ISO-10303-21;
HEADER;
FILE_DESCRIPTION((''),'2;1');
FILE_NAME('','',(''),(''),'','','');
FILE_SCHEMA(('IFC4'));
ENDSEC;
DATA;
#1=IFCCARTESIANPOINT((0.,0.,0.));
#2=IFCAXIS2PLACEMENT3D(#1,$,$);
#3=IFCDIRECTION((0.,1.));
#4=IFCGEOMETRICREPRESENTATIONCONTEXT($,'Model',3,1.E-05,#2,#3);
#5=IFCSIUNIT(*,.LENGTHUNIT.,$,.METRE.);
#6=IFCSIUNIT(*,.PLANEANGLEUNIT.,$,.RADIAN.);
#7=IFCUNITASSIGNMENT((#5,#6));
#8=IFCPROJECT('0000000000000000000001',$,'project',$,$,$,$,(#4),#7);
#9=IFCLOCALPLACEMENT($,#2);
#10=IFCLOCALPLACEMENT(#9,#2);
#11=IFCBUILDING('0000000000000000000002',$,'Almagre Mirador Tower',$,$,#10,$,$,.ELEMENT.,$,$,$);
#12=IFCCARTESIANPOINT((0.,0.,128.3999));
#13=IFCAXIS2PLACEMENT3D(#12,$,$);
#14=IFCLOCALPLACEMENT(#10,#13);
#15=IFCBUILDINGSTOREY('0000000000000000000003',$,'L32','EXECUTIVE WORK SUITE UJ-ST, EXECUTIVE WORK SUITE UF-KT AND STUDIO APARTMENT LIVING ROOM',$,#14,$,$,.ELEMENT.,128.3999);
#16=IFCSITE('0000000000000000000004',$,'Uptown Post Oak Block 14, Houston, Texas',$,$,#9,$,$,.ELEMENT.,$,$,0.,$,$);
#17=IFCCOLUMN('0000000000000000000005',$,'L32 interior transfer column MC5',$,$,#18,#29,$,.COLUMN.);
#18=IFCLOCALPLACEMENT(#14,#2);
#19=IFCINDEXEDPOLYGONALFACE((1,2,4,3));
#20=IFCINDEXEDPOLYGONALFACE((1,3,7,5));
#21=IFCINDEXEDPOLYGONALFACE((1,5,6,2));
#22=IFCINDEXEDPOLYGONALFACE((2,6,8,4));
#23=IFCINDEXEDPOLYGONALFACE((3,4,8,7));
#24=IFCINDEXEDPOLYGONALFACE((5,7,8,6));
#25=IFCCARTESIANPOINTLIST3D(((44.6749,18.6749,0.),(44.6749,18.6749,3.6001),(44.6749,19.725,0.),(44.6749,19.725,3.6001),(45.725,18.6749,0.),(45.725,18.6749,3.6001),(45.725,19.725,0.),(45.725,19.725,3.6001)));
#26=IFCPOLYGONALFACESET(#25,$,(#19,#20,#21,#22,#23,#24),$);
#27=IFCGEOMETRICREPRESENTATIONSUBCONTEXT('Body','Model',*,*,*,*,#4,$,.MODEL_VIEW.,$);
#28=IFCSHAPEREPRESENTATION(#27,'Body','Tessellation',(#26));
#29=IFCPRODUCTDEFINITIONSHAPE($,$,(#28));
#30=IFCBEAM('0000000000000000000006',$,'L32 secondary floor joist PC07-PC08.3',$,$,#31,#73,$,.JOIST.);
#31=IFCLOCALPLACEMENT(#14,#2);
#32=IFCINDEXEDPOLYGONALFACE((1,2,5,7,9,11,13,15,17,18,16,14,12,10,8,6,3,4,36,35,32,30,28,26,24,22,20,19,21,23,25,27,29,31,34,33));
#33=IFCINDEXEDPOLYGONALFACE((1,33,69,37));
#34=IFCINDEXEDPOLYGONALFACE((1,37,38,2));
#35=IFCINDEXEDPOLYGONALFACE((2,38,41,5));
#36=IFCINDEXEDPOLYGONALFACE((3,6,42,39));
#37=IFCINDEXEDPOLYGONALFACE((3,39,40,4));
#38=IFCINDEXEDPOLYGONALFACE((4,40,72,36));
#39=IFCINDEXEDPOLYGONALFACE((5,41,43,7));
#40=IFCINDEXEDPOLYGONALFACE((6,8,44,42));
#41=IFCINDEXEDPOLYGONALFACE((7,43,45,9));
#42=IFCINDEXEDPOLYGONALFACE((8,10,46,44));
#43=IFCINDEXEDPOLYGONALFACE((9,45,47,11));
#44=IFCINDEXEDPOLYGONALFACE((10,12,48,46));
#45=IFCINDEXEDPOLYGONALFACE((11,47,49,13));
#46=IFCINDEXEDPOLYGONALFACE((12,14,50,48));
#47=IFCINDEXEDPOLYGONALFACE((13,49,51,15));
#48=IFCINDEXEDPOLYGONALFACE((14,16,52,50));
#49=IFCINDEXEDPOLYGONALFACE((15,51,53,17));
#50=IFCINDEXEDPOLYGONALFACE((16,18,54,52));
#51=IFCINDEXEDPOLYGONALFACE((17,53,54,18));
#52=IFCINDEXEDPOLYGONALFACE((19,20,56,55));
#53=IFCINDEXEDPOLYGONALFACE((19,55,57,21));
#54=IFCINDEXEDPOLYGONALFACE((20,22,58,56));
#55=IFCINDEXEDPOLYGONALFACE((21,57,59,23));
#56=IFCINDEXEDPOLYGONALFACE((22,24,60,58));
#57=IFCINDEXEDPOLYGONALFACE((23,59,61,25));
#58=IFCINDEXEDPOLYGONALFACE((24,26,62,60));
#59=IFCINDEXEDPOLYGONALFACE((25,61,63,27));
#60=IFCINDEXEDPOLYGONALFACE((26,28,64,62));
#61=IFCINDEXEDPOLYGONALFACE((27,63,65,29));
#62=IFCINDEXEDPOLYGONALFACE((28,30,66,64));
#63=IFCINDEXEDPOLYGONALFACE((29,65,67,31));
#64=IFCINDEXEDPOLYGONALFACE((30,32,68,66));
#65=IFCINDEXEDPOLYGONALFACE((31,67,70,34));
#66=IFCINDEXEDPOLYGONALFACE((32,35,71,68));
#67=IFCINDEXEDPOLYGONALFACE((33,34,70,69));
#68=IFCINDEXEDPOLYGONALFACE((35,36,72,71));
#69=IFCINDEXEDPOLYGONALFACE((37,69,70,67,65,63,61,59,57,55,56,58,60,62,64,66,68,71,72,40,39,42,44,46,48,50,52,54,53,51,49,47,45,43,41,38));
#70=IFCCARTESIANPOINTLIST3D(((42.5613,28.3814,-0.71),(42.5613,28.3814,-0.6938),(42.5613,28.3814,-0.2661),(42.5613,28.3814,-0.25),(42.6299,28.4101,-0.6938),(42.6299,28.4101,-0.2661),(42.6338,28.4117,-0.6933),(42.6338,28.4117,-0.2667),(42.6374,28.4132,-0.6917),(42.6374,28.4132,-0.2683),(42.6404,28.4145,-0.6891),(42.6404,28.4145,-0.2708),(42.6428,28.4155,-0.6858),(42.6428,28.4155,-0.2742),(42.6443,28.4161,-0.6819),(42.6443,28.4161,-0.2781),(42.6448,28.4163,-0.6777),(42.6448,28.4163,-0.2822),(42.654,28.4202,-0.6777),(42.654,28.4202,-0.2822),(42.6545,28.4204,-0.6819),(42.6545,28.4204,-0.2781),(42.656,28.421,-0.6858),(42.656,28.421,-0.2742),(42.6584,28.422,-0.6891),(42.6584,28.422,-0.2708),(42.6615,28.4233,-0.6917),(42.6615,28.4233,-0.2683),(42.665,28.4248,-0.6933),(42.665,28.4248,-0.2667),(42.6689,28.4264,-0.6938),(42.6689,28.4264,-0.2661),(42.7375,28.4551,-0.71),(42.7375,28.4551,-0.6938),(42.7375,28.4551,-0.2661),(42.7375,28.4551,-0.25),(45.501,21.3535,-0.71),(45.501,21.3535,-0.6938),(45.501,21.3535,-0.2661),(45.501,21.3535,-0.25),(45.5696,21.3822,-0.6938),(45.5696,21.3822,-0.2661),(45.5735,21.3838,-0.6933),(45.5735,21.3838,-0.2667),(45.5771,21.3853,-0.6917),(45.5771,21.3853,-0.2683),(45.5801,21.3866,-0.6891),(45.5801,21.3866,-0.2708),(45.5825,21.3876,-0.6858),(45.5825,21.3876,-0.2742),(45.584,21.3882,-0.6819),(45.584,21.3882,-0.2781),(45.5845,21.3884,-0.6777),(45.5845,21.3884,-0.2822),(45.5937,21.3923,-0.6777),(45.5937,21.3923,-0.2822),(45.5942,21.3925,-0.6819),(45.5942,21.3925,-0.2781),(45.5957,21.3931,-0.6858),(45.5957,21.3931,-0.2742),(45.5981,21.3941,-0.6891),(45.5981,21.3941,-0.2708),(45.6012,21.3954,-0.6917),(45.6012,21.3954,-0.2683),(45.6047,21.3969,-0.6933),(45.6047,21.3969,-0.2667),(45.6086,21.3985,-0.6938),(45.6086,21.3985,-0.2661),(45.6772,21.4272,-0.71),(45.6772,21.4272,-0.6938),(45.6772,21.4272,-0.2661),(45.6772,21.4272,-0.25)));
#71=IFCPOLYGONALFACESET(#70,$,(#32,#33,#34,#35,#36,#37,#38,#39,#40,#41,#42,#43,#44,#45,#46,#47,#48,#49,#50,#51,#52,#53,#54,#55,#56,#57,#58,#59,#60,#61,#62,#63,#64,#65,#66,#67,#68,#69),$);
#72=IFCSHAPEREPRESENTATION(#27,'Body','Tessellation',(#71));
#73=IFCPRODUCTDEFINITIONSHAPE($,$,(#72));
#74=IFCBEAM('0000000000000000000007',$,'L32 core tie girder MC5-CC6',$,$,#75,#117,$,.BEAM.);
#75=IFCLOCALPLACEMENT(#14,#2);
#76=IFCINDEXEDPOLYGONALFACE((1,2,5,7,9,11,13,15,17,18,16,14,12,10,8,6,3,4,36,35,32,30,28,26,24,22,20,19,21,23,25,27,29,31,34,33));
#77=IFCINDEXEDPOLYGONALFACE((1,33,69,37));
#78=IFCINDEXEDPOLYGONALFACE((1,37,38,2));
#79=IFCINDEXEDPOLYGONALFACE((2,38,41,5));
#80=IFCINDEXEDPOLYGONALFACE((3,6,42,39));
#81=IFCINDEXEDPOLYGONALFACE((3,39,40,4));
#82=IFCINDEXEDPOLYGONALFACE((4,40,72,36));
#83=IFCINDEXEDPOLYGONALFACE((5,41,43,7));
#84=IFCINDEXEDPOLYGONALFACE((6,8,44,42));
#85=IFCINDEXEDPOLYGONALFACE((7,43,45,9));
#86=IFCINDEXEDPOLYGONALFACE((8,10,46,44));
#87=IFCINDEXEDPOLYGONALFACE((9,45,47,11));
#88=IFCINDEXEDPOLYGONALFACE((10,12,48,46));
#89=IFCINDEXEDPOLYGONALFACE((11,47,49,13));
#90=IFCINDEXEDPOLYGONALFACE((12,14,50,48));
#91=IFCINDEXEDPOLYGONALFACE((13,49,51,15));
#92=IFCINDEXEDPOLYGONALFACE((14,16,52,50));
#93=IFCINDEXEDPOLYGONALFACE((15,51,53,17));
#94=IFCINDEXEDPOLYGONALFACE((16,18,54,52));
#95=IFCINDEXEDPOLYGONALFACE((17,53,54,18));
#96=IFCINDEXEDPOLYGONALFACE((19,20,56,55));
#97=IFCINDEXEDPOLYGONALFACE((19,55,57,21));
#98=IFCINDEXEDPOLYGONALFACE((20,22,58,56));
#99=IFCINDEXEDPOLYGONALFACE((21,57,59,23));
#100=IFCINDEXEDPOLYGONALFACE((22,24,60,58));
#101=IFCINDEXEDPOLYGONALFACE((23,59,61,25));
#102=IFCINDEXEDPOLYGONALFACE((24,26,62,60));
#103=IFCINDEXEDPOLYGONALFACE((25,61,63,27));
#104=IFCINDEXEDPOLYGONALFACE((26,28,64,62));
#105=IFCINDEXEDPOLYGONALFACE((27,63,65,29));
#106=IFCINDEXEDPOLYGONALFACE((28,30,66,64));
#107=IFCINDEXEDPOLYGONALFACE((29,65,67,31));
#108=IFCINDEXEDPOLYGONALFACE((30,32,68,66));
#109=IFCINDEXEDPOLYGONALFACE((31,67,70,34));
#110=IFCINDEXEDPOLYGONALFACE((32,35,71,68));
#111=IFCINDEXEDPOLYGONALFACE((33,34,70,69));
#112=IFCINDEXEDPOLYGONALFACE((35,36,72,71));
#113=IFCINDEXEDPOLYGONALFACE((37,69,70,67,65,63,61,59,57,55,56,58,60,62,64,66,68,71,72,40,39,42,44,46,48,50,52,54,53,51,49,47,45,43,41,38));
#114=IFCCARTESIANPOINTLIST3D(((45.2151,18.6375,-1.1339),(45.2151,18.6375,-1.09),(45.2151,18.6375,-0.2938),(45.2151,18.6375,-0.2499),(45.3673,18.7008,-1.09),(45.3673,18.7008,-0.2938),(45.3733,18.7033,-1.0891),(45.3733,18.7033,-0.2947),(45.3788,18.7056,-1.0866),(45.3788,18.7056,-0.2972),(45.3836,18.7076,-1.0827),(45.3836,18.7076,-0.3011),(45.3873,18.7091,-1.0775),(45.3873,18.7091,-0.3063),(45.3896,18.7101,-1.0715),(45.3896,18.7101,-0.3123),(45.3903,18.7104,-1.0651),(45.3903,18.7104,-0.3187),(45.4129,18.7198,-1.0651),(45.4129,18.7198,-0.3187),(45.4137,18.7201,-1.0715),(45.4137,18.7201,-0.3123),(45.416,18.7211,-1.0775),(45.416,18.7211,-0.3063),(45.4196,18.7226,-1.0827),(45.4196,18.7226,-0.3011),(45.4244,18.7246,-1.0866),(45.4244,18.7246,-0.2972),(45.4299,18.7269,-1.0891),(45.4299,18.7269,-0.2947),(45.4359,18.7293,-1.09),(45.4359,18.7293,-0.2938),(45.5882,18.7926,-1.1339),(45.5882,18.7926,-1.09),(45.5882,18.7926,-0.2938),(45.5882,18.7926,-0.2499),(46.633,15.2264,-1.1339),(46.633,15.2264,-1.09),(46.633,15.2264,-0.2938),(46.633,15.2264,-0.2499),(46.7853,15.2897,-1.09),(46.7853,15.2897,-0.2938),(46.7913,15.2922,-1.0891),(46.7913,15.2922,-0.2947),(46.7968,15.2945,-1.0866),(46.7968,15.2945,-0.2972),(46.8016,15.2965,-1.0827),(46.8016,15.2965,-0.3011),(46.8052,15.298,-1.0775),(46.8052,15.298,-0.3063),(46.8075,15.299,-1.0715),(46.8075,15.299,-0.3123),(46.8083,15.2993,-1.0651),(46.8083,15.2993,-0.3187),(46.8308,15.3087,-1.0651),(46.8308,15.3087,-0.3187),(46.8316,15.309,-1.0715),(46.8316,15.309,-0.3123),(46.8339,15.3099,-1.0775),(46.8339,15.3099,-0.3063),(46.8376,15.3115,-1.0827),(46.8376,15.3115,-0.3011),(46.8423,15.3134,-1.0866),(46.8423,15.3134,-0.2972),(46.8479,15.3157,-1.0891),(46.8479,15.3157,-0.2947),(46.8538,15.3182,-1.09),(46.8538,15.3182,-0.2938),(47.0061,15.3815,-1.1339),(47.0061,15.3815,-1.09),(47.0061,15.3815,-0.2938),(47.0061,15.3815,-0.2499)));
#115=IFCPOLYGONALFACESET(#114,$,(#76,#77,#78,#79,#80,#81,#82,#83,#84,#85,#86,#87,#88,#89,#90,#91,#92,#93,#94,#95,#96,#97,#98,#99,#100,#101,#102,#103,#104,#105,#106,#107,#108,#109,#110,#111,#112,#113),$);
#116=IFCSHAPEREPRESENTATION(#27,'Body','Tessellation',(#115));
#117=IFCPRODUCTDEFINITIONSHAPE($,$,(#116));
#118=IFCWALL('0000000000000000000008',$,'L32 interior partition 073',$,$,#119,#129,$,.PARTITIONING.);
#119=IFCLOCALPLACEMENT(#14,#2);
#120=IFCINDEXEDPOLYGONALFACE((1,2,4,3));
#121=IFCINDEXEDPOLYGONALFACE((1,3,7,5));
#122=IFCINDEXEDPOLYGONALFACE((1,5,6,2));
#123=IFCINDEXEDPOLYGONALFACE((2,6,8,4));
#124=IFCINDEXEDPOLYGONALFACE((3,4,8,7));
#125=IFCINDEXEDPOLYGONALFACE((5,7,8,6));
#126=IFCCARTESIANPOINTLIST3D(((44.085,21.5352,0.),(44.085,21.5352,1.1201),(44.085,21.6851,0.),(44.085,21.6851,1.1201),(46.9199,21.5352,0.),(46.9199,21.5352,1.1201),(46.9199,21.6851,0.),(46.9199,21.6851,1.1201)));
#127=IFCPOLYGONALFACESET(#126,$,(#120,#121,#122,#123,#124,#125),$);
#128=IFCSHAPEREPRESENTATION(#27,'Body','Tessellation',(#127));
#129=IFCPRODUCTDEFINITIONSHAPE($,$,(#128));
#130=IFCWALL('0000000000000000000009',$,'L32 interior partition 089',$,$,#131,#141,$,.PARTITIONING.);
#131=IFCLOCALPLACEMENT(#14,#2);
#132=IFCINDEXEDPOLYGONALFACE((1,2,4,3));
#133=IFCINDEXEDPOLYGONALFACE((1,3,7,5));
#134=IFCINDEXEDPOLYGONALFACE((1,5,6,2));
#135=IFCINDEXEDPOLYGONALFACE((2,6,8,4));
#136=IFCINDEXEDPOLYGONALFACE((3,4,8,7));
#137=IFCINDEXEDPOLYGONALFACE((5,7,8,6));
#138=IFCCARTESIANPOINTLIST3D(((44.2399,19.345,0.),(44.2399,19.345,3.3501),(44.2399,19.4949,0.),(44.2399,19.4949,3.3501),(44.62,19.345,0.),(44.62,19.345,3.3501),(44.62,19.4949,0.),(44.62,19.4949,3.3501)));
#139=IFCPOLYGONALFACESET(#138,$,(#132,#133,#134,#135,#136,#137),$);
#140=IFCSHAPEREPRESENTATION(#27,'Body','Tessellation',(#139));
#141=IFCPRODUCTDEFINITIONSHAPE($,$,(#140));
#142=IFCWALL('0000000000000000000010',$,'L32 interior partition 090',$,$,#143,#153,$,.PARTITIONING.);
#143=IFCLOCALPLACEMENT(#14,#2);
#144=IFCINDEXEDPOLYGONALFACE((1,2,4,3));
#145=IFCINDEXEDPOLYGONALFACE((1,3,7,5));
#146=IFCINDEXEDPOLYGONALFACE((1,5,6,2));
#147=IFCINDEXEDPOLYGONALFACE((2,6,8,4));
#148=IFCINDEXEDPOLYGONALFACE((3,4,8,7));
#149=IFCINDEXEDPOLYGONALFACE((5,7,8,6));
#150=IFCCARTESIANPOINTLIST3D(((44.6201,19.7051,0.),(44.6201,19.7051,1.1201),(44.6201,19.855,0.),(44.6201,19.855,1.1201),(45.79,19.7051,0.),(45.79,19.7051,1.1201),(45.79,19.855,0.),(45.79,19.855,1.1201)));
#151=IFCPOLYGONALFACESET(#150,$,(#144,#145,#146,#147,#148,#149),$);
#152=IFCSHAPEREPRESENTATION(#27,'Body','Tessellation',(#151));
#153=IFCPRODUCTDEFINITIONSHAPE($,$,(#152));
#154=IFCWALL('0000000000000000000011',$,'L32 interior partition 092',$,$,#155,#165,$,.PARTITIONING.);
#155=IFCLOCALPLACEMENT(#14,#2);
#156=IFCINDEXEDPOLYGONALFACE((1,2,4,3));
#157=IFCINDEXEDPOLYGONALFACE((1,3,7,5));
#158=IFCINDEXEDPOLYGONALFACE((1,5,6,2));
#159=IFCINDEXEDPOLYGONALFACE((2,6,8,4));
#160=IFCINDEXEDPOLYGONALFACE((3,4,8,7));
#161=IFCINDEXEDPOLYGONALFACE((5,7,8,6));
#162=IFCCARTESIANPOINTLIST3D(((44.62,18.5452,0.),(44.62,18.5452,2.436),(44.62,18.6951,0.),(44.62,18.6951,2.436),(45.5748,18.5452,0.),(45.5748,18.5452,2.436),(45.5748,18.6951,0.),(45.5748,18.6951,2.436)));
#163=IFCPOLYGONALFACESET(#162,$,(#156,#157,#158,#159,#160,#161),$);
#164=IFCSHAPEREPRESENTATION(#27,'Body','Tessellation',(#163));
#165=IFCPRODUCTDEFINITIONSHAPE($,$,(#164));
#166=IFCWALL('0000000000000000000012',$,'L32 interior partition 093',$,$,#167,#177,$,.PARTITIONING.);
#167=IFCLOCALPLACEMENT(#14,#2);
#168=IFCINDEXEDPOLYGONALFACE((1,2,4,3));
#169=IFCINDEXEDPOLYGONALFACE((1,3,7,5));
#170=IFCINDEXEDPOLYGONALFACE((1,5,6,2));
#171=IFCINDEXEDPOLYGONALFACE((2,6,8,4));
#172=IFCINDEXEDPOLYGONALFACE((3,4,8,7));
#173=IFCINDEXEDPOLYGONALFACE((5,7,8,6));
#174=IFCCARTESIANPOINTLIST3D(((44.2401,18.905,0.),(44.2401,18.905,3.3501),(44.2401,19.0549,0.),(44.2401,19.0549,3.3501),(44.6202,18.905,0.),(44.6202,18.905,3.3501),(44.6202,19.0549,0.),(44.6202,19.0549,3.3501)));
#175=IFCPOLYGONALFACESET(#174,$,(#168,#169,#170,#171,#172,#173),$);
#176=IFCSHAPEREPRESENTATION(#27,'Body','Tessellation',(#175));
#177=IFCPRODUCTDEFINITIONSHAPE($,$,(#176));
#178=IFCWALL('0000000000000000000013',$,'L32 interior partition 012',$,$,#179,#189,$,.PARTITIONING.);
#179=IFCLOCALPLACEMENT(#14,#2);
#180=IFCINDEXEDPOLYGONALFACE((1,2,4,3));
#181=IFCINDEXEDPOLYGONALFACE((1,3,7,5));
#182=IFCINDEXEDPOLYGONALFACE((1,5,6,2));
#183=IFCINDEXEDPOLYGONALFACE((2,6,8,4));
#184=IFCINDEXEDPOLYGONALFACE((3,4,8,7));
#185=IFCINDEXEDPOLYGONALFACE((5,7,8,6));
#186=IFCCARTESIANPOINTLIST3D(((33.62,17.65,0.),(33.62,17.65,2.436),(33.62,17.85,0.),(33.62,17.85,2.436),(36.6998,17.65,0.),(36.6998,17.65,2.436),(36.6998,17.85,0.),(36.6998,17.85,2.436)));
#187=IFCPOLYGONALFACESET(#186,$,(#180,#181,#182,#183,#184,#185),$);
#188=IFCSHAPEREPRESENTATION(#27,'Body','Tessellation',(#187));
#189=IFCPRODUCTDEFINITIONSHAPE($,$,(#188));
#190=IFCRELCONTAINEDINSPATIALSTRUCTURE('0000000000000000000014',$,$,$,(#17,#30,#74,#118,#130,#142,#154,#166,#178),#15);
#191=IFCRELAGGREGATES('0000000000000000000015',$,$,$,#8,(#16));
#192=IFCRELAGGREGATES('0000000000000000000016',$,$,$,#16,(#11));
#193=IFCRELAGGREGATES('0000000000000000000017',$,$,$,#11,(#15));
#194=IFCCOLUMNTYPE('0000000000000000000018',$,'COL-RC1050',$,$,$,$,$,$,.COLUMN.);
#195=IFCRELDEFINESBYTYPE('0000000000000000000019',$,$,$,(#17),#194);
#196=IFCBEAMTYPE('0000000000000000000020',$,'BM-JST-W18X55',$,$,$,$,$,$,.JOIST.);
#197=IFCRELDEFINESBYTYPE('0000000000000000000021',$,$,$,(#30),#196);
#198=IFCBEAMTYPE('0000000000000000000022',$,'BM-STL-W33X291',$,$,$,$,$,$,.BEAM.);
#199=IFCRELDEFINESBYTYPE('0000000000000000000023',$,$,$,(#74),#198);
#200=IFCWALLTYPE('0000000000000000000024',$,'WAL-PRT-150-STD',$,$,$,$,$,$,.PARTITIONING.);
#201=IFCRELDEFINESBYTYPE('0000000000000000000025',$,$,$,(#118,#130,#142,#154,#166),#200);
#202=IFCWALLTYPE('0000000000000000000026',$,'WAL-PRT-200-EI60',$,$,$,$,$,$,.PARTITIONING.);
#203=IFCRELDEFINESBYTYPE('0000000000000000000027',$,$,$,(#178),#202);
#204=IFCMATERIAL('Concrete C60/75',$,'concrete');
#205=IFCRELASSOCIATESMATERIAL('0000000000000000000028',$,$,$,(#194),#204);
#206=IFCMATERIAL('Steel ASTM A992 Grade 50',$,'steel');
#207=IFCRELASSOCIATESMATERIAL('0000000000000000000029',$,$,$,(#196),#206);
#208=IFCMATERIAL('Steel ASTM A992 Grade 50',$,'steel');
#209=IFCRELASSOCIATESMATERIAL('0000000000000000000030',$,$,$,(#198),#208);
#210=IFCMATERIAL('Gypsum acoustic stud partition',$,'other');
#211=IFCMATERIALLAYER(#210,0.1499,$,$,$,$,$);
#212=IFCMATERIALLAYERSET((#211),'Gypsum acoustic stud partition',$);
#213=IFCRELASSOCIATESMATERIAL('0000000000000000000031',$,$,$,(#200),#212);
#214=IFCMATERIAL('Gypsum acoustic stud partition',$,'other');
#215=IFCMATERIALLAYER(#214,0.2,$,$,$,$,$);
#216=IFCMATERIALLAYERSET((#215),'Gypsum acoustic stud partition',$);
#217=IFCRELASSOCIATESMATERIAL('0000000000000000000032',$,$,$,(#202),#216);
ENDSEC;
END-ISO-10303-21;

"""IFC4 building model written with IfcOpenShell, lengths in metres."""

from ifc_helpers import new_model, si_unit, direction, frame, frame_2d, origin, origin_2d, place, context, subcontext, project, spatial, rectangle, i_section, extrude, material, layer, layer_set, material_profile, profile_set, type_object, element, save


model = new_model("IFC4")

# Units and contexts
model_context = context("Model", 3, precision=1e-05, world=origin(), true_north=direction((0.0, 1.0)))
body_context = subcontext(model_context, "Body", "Model", "MODEL_VIEW")
ifc_project = project(units=[si_unit("LENGTHUNIT", "METRE"), si_unit("PLANEANGLEUNIT", "RADIAN")], contexts=[model_context])

# Site, building, storey
site_placement = place(None, origin())
site = spatial("IfcSite", under=ifc_project, at=site_placement, Name="Uptown Post Oak Block 14, Houston, Texas", CompositionType="ELEMENT", RefElevation=0.0)
building_placement = place(site_placement, origin())
building = spatial("IfcBuilding", under=site, at=building_placement, Name="Almagre Mirador Tower", CompositionType="ELEMENT")
storey_placement = place(building_placement, frame((0.0, 0.0, 128.3999)))
storey = spatial("IfcBuildingStorey", under=building, at=storey_placement, Name="L32", Description="EXECUTIVE WORK SUITE UJ-ST, EXECUTIVE WORK SUITE UF-KT AND STUDIO APARTMENT LIVING ROOM", CompositionType="ELEMENT", Elevation=128.3999)

# Column
ifc_material_1 = material(Name="Concrete C60/75", Category="concrete")
ifc_material_profile_1 = material_profile(ifc_material_1, rectangle(XDim=1.05, YDim=1.05, at=origin_2d()), Name="RC1050X1050")
ifc_profile_set_1 = profile_set([ifc_material_profile_1], Name="Concrete C60/75")
column_type = type_object("IfcColumnType", Name="COL-RC1050", PredefinedType="COLUMN", material=ifc_profile_set_1)
column_placement = place(storey_placement, frame((45.2, 19.2, 0.0), z_axis=(0.0, 0.0, 1.0), x_axis=(1.0, 0.0, 0.0)))
element("IfcColumn", 1, at=column_placement, inside=storey, type_object=column_type, Name="L32 interior transfer column MC5", PredefinedType="COLUMN", context=body_context, shape_type="SweptSolid", body=[
    extrude(rectangle(XDim=1.05, YDim=1.05, at=origin_2d()), origin(), (0.0, 0.0, 1.0), 3.6001),
])

# Beams
ifc_material_2 = material(Name="Steel ASTM A992 Grade 50", Category="steel")
ifc_material_profile_2 = material_profile(ifc_material_2, i_section(OverallWidth=0.1909, OverallDepth=0.46, WebThickness=0.01, FlangeThickness=0.0161, FilletRadius=0.0161, at=origin_2d()), Name="W18X55")
ifc_profile_set_2 = profile_set([ifc_material_profile_2], Name="Steel ASTM A992 Grade 50")
beam_type_1 = type_object("IfcBeamType", Name="BM-JST-W18X55", PredefinedType="JOIST", material=ifc_profile_set_2)
beam_1_placement = place(storey_placement, frame((45.5891, 21.3904, -0.48), z_axis=(-0.385894, 0.922543, 0.0), x_axis=(-0.922543, -0.385894, 0.0)))
element("IfcBeam", 2, at=beam_1_placement, inside=storey, type_object=beam_type_1, Name="L32 secondary floor joist PC07-PC08.3", PredefinedType="JOIST", context=body_context, shape_type="SweptSolid", body=[
    extrude(i_section(OverallWidth=0.1909, OverallDepth=0.46, WebThickness=0.01, FlangeThickness=0.0161, FilletRadius=0.0161, at=origin_2d()), origin(), (0.0, 0.0, 1.0), 7.6179),
])
ifc_material_3 = material(Name="Steel ASTM A992 Grade 50", Category="steel")
ifc_material_profile_3 = material_profile(ifc_material_3, i_section(OverallWidth=0.4041, OverallDepth=0.884, WebThickness=0.0244, FlangeThickness=0.0439, FilletRadius=0.0249, at=origin_2d()), Name="W33X291")
ifc_profile_set_3 = profile_set([ifc_material_profile_3], Name="Steel ASTM A992 Grade 50")
beam_type_2 = type_object("IfcBeamType", Name="BM-STL-W33X291", PredefinedType="BEAM", material=ifc_profile_set_3)
beam_2_placement = place(storey_placement, frame((45.4016, 18.7151, -0.6919), z_axis=(0.383846, -0.923397, 0.0), x_axis=(0.923397, 0.383846, 0.0)))
element("IfcBeam", 3, at=beam_2_placement, inside=storey, type_object=beam_type_2, Name="L32 core tie girder MC5-CC6", PredefinedType="BEAM", context=body_context, shape_type="SweptSolid", body=[
    extrude(i_section(OverallWidth=0.4041, OverallDepth=0.884, WebThickness=0.0244, FlangeThickness=0.0439, FilletRadius=0.0249, at=origin_2d()), origin(), (0.0, 0.0, 1.0), 3.6941),
])

# Walls
ifc_material_4 = material(Name="Gypsum acoustic stud partition", Category="other")
ifc_layer_1 = layer(ifc_material_4, 0.1499)
ifc_layer_set_1 = layer_set([ifc_layer_1], Name="Gypsum acoustic stud partition")
wall_type_1 = type_object("IfcWallType", Name="WAL-PRT-150-STD", PredefinedType="PARTITIONING", material=ifc_layer_set_1)
wall_1_placement = place(storey_placement, frame((44.085, 21.6101, 0.0), z_axis=(0.0, 0.0, 1.0), x_axis=(1.0, 0.0, 0.0)))
element("IfcWall", 4, at=wall_1_placement, inside=storey, type_object=wall_type_1, Name="L32 interior partition 073", PredefinedType="PARTITIONING", context=body_context, shape_type="SweptSolid", body=[
    extrude(rectangle(XDim=2.835, YDim=0.1499, at=frame_2d((1.4175, 0.0))), origin(), (0.0, 0.0, 1.0), 1.1201),
])
wall_2_placement = place(storey_placement, frame((44.24, 19.4199, 0.0), z_axis=(0.0, 0.0, 1.0), x_axis=(1.0, 0.0, 0.0)))
element("IfcWall", 5, at=wall_2_placement, inside=storey, type_object=wall_type_1, Name="L32 interior partition 089", PredefinedType="PARTITIONING", context=body_context, shape_type="SweptSolid", body=[
    extrude(rectangle(XDim=0.3801, YDim=0.1499, at=frame_2d((0.1899, 0.0))), origin(), (0.0, 0.0, 1.0), 3.3501),
])
wall_3_placement = place(storey_placement, frame((44.6201, 19.78, 0.0), z_axis=(0.0, 0.0, 1.0), x_axis=(1.0, 0.0, 0.0)))
element("IfcWall", 6, at=wall_3_placement, inside=storey, type_object=wall_type_1, Name="L32 interior partition 090", PredefinedType="PARTITIONING", context=body_context, shape_type="SweptSolid", body=[
    extrude(rectangle(XDim=1.1699, YDim=0.1499, at=frame_2d((0.585, 0.0))), origin(), (0.0, 0.0, 1.0), 1.1201),
])
wall_4_placement = place(storey_placement, frame((45.575, 18.6201, 0.0), z_axis=(0.0, 0.0, 1.0), x_axis=(-1.0, 0.0, 0.0)))
element("IfcWall", 7, at=wall_4_placement, inside=storey, type_object=wall_type_1, Name="L32 interior partition 092", PredefinedType="PARTITIONING", context=body_context, shape_type="SweptSolid", body=[
    extrude(rectangle(XDim=0.9548, YDim=0.1499, at=frame_2d((0.4775, 0.0))), origin(), (0.0, 0.0, 1.0), 2.436),
])
wall_5_placement = place(storey_placement, frame((44.6201, 18.98, 0.0), z_axis=(0.0, 0.0, 1.0), x_axis=(-1.0, 0.0, 0.0)))
element("IfcWall", 8, at=wall_5_placement, inside=storey, type_object=wall_type_1, Name="L32 interior partition 093", PredefinedType="PARTITIONING", context=body_context, shape_type="SweptSolid", body=[
    extrude(rectangle(XDim=0.3801, YDim=0.1499, at=frame_2d((0.1899, 0.0))), origin(), (0.0, 0.0, 1.0), 3.3501),
])
ifc_material_5 = material(Name="Gypsum acoustic stud partition", Category="other")
ifc_layer_2 = layer(ifc_material_5, 0.2)
ifc_layer_set_2 = layer_set([ifc_layer_2], Name="Gypsum acoustic stud partition")
wall_type_2 = type_object("IfcWallType", Name="WAL-PRT-200-EI60", PredefinedType="PARTITIONING", material=ifc_layer_set_2)
wall_6_placement = place(storey_placement, frame((36.7, 17.75, 0.0), z_axis=(0.0, 0.0, 1.0), x_axis=(-1.0, 0.0, 0.0)))
element("IfcWall", 9, at=wall_6_placement, inside=storey, type_object=wall_type_2, Name="L32 interior partition 012", PredefinedType="PARTITIONING", context=body_context, shape_type="SweptSolid", body=[
    extrude(rectangle(XDim=3.0798, YDim=0.2, at=frame_2d((1.54, 0.0))), origin(), (0.0, 0.0, 1.0), 2.436),
])

save(model, "model.ifc")
